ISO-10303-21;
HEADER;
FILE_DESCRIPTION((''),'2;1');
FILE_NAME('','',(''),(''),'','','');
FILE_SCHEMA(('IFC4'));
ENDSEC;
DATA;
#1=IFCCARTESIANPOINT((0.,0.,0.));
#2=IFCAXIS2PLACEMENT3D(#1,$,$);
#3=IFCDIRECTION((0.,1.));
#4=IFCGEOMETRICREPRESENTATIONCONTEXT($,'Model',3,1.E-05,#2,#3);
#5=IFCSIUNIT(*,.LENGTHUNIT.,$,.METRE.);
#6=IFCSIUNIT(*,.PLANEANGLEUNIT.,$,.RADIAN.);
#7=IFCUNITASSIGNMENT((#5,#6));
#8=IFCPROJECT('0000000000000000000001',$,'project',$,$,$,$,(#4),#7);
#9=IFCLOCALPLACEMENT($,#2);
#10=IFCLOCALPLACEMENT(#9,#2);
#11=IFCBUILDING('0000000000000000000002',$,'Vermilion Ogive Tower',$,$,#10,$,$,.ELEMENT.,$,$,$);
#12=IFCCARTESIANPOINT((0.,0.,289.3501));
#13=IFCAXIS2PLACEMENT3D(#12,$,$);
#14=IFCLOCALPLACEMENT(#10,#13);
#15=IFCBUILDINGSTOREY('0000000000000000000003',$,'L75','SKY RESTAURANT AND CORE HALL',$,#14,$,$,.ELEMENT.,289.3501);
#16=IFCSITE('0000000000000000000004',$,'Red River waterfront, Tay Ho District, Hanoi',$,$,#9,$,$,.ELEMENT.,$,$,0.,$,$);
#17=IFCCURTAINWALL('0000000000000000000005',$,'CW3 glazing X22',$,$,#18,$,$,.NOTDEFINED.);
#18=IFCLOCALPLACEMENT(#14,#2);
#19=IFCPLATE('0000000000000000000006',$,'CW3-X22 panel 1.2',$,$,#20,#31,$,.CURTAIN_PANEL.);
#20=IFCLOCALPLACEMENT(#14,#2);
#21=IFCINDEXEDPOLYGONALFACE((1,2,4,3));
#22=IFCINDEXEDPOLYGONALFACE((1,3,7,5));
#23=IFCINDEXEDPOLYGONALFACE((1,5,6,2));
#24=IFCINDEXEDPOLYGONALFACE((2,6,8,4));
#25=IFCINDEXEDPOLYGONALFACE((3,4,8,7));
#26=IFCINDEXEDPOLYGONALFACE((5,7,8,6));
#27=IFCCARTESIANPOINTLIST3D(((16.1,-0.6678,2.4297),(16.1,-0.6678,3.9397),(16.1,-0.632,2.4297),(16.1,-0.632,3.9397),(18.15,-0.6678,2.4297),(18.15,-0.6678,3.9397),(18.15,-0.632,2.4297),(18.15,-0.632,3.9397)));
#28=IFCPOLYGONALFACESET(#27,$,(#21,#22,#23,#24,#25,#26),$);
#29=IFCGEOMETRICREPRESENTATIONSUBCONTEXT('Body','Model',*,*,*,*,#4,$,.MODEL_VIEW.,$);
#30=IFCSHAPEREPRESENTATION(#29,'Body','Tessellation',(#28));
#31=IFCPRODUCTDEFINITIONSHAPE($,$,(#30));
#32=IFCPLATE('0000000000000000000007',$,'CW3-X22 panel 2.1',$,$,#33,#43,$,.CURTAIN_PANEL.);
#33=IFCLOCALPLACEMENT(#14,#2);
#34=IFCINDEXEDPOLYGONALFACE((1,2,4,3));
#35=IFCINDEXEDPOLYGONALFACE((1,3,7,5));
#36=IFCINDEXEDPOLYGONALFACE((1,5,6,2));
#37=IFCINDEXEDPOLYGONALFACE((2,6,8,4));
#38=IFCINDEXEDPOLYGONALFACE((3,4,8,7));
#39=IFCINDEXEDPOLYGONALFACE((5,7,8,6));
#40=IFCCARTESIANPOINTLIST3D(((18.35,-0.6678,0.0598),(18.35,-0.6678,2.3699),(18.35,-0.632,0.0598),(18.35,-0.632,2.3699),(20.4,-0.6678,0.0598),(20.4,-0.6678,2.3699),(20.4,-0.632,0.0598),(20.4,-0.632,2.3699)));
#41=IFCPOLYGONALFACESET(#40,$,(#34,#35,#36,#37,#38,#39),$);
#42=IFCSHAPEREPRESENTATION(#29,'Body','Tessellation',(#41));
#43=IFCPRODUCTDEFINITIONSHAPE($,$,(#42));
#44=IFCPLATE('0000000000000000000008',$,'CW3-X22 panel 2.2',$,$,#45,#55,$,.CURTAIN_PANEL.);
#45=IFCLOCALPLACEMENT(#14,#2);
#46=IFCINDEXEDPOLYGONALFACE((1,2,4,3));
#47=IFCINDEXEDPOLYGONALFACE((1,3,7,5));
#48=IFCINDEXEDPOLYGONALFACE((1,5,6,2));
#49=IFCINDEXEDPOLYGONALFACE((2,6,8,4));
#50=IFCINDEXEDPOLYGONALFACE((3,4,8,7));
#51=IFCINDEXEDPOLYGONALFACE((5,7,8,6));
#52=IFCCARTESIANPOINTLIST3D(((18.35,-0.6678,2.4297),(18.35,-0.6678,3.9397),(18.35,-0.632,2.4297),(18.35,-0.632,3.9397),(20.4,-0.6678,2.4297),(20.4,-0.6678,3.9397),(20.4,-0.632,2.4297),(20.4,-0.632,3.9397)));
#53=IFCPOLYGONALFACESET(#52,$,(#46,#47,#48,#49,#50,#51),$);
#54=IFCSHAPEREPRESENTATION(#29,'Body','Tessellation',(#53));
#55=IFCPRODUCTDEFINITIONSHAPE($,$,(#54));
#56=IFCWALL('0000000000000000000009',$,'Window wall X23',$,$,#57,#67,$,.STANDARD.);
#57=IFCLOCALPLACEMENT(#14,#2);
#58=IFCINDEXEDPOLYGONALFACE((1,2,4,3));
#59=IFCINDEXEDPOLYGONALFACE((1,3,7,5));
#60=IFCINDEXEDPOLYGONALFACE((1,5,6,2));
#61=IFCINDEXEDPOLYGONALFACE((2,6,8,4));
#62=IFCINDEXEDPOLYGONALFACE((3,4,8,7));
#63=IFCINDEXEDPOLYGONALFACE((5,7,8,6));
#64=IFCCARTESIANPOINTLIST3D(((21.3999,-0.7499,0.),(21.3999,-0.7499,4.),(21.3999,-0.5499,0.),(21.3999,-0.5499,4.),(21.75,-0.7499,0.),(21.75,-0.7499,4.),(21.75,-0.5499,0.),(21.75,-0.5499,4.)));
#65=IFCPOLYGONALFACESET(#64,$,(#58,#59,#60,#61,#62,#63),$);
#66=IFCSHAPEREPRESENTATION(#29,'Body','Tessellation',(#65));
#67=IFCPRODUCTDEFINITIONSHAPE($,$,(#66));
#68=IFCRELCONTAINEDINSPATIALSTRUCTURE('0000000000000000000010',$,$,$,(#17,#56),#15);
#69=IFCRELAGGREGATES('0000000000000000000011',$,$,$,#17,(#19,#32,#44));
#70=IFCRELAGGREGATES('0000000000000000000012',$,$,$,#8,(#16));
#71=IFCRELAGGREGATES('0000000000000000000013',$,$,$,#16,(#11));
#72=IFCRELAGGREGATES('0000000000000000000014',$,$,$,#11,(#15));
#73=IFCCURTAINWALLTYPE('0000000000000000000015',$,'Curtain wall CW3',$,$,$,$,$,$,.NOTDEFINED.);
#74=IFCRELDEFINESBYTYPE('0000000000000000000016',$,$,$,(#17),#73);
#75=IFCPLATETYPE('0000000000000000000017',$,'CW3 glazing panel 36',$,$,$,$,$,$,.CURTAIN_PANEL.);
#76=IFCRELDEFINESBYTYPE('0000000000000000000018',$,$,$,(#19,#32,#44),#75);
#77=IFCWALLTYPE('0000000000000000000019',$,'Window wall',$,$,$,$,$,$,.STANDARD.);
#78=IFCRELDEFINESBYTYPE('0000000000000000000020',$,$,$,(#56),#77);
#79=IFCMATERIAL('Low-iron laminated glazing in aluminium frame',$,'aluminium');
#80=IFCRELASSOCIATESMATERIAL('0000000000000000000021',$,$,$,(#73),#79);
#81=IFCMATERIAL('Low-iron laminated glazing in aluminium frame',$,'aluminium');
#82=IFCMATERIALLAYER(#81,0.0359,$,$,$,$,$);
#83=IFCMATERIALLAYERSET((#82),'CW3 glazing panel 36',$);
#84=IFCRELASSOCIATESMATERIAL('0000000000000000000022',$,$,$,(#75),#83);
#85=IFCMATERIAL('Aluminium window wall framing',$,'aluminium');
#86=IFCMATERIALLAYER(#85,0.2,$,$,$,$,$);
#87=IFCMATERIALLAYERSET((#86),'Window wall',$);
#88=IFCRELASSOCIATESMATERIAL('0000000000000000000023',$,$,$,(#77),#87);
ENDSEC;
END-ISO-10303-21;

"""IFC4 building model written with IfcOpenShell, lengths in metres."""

from ifc_helpers import new_model, si_unit, direction, frame, frame_2d, origin, origin_2d, place, context, subcontext, project, spatial, rectangle, extrude, material, layer, layer_set, type_object, element, aggregate, save


model = new_model("IFC4")

# Units and contexts
model_context = context("Model", 3, precision=1e-05, world=origin(), true_north=direction((0.0, 1.0)))
body_context = subcontext(model_context, "Body", "Model", "MODEL_VIEW")
ifc_project = project(units=[si_unit("LENGTHUNIT", "METRE"), si_unit("PLANEANGLEUNIT", "RADIAN")], contexts=[model_context])

# Site, building, storey
site_placement = place(None, origin())
site = spatial("IfcSite", under=ifc_project, at=site_placement, Name="Red River waterfront, Tay Ho District, Hanoi", CompositionType="ELEMENT", RefElevation=0.0)
building_placement = place(site_placement, origin())
building = spatial("IfcBuilding", under=site, at=building_placement, Name="Vermilion Ogive Tower", CompositionType="ELEMENT")
storey_placement = place(building_placement, frame((0.0, 0.0, 289.3501)))
storey = spatial("IfcBuildingStorey", under=building, at=storey_placement, Name="L75", Description="SKY RESTAURANT AND CORE HALL", CompositionType="ELEMENT", Elevation=289.3501)

# Curtain wall
ifc_material_1 = material(Name="Low-iron laminated glazing in aluminium frame", Category="aluminium")
curtain_wall_type = type_object("IfcCurtainWallType", Name="Curtain wall CW3", PredefinedType="NOTDEFINED", material=ifc_material_1)
curtain_wall_1_placement = place(storey_placement, origin())
curtain_wall_1 = element("IfcCurtainWall", 1, at=curtain_wall_1_placement, inside=storey, type_object=curtain_wall_type, Name="CW3 glazing X22", PredefinedType="NOTDEFINED")

# Plates
ifc_material_2 = material(Name="Low-iron laminated glazing in aluminium frame", Category="aluminium")
ifc_layer_1 = layer(ifc_material_2, 0.0359)
ifc_layer_set_1 = layer_set([ifc_layer_1], Name="CW3 glazing panel 36")
plate_type = type_object("IfcPlateType", Name="CW3 glazing panel 36", PredefinedType="CURTAIN_PANEL", material=ifc_layer_set_1)
plate_1_placement = place(storey_placement, frame((17.125, -0.6499, 2.4297), z_axis=(0.0, 0.0, 1.0), x_axis=(1.0, 0.0, 0.0)))
plate_1 = element("IfcPlate", 2, at=plate_1_placement, type_object=plate_type, Name="CW3-X22 panel 1.2", PredefinedType="CURTAIN_PANEL", context=body_context, shape_type="SweptSolid", body=[
    extrude(rectangle(XDim=2.05, YDim=0.0359, at=origin_2d()), origin(), (0.0, 0.0, 1.0), 1.51),
])
plate_2_placement = place(storey_placement, frame((19.375, -0.6499, 0.0598), z_axis=(0.0, 0.0, 1.0), x_axis=(1.0, 0.0, 0.0)))
plate_2 = element("IfcPlate", 3, at=plate_2_placement, type_object=plate_type, Name="CW3-X22 panel 2.1", PredefinedType="CURTAIN_PANEL", context=body_context, shape_type="SweptSolid", body=[
    extrude(rectangle(XDim=2.05, YDim=0.0359, at=origin_2d()), origin(), (0.0, 0.0, 1.0), 2.3101),
])
plate_3_placement = place(storey_placement, frame((19.375, -0.6499, 2.4297), z_axis=(0.0, 0.0, 1.0), x_axis=(1.0, 0.0, 0.0)))
plate_3 = element("IfcPlate", 4, at=plate_3_placement, type_object=plate_type, Name="CW3-X22 panel 2.2", PredefinedType="CURTAIN_PANEL", context=body_context, shape_type="SweptSolid", body=[
    extrude(rectangle(XDim=2.05, YDim=0.0359, at=origin_2d()), origin(), (0.0, 0.0, 1.0), 1.51),
])
aggregate(curtain_wall_1, [plate_1, plate_2, plate_3])

# Wall
ifc_material_3 = material(Name="Aluminium window wall framing", Category="aluminium")
ifc_layer_2 = layer(ifc_material_3, 0.2)
ifc_layer_set_2 = layer_set([ifc_layer_2], Name="Window wall")
wall_type = type_object("IfcWallType", Name="Window wall", PredefinedType="STANDARD", material=ifc_layer_set_2)
wall_placement = place(storey_placement, frame((21.3999, -0.6499, 0.0), z_axis=(0.0, 0.0, 1.0), x_axis=(1.0, 0.0, 0.0)))
element("IfcWall", 5, at=wall_placement, inside=storey, type_object=wall_type, Name="Window wall X23", PredefinedType="STANDARD", context=body_context, shape_type="SweptSolid", body=[
    extrude(rectangle(XDim=0.3501, YDim=0.2, at=frame_2d((0.175, 0.0))), origin(), (0.0, 0.0, 1.0), 4.0),
])

save(model, "model.ifc")
